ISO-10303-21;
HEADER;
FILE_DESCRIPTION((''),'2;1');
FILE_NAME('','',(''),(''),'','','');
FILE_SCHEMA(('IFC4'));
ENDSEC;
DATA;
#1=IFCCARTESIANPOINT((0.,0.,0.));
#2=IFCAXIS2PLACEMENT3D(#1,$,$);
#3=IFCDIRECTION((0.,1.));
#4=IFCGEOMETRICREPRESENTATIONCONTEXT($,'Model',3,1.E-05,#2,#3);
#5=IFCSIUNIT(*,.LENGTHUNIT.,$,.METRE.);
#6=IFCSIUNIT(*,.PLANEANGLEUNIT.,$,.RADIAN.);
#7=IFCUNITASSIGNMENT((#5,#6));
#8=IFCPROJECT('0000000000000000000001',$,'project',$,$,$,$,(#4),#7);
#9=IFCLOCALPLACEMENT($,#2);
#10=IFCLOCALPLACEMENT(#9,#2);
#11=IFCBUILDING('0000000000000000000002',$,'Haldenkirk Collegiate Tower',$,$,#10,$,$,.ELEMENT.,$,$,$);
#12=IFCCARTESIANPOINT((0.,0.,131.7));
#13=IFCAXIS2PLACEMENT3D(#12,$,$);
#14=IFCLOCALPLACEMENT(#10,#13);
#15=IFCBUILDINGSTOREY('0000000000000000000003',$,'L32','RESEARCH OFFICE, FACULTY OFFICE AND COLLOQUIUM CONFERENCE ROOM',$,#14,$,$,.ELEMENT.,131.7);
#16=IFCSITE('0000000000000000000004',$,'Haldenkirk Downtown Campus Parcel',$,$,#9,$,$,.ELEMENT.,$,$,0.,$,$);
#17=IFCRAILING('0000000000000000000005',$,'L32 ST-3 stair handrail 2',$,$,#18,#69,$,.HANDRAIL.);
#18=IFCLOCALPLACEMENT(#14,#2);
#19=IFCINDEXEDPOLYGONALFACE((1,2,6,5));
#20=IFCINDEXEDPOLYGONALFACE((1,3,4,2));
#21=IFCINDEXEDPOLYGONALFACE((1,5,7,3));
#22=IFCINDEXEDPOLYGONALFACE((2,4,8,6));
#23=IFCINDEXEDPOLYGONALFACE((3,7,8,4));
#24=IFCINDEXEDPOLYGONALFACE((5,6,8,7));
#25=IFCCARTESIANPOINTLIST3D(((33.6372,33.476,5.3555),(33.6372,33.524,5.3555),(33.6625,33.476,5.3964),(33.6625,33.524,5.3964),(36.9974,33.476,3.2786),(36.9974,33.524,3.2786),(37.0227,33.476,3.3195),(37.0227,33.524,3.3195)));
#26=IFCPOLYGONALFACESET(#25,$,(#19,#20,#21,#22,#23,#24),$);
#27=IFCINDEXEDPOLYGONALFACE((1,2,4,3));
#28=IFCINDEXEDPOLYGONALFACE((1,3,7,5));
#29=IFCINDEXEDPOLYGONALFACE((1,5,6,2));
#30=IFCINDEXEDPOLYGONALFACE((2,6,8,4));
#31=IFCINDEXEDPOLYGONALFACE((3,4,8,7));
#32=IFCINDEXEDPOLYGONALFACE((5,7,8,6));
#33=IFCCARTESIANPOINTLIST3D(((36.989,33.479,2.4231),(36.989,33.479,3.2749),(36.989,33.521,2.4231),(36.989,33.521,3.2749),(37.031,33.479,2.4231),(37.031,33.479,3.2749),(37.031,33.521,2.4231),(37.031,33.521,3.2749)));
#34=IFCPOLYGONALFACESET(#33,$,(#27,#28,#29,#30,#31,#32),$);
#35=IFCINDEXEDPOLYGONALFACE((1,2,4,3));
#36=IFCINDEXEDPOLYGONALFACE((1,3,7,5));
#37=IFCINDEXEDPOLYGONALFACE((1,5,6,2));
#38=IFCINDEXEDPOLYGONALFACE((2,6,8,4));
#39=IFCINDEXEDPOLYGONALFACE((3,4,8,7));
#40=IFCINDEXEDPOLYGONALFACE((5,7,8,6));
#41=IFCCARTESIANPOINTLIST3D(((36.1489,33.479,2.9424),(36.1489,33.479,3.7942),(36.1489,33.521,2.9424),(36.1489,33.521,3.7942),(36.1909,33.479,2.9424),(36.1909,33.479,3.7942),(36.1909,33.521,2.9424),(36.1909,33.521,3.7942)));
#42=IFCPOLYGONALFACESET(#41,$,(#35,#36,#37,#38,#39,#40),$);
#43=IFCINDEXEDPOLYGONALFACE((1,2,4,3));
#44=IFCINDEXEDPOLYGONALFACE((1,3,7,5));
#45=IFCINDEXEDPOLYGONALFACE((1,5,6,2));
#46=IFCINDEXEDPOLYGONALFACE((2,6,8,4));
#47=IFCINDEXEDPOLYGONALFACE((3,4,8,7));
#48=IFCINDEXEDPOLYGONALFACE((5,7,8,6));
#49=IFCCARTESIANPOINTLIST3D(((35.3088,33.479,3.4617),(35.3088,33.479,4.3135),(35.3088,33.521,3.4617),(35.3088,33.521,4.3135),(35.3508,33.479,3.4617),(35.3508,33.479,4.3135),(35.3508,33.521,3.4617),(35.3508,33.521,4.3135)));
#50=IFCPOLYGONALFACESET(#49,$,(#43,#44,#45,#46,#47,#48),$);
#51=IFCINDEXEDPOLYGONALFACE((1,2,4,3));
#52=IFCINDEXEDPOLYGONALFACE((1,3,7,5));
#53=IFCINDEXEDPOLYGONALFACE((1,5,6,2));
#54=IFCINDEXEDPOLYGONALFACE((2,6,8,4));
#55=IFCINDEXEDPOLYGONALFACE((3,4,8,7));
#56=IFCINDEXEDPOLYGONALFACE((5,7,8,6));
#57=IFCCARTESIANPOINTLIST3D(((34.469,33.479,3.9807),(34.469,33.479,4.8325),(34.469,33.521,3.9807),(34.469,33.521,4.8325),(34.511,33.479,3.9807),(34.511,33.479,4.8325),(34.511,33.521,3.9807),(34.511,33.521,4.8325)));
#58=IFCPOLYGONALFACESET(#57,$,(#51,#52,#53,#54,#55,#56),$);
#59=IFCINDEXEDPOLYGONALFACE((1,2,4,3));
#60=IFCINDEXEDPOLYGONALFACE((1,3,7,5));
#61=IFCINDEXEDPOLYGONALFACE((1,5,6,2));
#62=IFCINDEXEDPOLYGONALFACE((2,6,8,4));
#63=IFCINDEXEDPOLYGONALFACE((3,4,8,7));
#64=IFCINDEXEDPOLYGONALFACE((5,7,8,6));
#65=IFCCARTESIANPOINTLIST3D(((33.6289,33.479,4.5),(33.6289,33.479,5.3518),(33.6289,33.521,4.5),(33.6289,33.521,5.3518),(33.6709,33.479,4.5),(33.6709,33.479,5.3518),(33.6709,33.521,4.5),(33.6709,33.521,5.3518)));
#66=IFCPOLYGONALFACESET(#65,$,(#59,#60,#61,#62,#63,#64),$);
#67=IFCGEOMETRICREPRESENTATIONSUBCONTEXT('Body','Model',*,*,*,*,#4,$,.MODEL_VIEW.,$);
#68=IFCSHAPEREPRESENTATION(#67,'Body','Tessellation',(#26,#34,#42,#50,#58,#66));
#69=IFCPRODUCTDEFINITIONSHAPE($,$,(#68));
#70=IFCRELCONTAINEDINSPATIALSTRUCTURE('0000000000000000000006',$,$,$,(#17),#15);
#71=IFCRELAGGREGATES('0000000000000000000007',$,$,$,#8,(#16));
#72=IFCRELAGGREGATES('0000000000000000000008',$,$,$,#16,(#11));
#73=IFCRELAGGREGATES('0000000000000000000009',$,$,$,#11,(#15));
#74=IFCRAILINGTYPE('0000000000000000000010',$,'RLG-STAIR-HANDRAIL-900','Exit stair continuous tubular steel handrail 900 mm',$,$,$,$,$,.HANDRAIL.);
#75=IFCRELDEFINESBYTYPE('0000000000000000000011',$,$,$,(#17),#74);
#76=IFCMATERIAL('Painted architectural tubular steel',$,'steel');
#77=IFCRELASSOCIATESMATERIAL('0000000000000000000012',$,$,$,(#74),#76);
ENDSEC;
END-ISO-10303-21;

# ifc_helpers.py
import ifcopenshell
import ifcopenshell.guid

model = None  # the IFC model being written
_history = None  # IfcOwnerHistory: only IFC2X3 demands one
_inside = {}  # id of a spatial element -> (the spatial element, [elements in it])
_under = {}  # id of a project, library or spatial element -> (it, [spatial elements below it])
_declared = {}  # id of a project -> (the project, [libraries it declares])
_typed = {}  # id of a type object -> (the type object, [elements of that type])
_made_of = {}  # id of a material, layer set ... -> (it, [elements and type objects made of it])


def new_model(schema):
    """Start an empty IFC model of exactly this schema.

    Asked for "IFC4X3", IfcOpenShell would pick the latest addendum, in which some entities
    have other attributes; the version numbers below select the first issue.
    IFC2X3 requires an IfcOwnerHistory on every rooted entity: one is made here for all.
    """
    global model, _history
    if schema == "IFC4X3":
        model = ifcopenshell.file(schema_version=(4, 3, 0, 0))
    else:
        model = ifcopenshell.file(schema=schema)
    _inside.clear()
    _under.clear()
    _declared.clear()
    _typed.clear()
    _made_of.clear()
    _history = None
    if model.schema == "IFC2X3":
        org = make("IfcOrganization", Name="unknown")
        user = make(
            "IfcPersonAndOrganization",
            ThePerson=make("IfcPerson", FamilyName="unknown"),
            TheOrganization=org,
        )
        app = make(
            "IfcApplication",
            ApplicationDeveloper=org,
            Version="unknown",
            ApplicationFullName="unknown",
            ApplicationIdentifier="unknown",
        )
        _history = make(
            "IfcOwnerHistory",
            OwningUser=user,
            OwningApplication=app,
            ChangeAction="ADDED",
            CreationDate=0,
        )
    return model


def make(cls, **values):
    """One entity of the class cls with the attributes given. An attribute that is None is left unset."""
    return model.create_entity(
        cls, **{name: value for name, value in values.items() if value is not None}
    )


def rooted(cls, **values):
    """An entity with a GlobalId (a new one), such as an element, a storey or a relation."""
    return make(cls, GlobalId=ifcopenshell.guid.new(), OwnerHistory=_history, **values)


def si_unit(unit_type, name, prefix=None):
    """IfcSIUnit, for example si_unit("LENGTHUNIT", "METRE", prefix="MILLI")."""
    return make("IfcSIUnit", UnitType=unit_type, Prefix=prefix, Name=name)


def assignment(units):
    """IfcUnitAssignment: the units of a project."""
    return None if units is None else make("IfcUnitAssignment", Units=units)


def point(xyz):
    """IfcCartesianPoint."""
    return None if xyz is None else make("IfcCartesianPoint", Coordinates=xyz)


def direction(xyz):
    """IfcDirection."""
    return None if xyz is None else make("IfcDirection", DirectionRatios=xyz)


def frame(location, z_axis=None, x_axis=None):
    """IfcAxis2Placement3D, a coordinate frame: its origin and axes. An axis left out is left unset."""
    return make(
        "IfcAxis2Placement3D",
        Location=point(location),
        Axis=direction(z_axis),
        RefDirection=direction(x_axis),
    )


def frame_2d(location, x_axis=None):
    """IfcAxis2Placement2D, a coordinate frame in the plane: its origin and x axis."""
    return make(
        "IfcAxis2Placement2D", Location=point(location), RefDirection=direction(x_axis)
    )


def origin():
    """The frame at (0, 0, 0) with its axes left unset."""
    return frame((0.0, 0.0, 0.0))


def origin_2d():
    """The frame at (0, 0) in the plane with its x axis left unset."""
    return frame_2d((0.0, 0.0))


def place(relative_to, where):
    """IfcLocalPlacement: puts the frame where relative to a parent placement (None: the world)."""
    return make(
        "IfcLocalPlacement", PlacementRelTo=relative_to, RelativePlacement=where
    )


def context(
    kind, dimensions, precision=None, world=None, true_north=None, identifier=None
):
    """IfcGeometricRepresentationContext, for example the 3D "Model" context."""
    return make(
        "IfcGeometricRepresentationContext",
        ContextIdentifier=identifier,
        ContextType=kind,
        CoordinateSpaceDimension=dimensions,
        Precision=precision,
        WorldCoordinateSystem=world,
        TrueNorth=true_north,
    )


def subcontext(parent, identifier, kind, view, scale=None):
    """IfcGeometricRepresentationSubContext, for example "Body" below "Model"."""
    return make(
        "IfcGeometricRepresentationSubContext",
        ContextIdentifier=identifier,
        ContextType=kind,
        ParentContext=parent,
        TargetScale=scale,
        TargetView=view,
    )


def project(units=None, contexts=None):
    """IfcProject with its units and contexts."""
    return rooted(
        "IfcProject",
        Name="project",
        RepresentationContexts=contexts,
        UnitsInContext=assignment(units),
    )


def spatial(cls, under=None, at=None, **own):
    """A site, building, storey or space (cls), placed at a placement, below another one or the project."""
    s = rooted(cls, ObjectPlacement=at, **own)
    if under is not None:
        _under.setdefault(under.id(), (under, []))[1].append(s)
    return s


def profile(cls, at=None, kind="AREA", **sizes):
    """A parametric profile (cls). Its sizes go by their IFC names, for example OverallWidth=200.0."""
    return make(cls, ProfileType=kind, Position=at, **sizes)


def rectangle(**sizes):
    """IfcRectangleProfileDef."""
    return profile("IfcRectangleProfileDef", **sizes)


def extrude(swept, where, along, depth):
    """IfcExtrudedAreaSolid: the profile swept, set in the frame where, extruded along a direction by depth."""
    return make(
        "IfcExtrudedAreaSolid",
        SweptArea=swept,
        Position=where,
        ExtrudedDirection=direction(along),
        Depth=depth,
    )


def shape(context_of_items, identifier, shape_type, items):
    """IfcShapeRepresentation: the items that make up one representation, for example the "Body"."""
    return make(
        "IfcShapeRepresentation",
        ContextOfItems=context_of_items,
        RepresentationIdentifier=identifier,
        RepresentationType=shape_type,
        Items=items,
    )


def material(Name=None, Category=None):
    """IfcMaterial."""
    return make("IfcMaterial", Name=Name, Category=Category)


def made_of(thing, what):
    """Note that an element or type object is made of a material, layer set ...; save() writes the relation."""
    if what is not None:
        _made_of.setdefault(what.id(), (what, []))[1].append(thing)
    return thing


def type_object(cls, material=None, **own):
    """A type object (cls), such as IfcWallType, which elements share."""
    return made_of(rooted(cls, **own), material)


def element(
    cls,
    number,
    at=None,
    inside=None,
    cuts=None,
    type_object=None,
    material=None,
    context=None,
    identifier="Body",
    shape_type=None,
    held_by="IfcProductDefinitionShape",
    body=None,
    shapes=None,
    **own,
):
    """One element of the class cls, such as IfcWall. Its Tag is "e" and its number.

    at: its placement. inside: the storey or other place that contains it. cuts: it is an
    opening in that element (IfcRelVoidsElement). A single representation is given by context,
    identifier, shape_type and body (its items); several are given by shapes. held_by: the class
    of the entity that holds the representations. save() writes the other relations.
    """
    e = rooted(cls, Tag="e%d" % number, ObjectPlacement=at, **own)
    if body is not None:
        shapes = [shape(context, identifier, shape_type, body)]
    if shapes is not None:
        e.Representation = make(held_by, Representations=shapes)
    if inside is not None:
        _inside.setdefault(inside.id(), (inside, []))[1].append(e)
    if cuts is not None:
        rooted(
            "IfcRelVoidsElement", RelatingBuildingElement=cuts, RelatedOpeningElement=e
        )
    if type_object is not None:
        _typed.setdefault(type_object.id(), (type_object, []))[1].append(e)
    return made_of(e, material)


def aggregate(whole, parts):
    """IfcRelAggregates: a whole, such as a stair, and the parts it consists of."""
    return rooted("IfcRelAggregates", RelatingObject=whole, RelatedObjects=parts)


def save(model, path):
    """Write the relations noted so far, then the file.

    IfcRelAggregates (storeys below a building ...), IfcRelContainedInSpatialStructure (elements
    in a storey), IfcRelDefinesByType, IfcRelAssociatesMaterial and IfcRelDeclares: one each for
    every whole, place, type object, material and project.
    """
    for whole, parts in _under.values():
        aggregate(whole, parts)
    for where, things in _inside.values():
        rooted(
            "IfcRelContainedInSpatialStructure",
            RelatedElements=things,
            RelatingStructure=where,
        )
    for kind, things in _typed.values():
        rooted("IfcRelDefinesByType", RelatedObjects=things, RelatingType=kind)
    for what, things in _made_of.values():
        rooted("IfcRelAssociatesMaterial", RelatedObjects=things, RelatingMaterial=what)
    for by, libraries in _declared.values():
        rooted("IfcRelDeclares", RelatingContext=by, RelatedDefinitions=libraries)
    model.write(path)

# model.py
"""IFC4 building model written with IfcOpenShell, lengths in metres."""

from ifc_helpers import new_model, si_unit, direction, frame, origin, origin_2d, place, context, subcontext, project, spatial, rectangle, extrude, material, type_object, element, save


model = new_model("IFC4")

# Units and contexts
model_context = context("Model", 3, precision=1e-05, world=origin(), true_north=direction((0.0, 1.0)))
body_context = subcontext(model_context, "Body", "Model", "MODEL_VIEW")
ifc_project = project(units=[si_unit("LENGTHUNIT", "METRE"), si_unit("PLANEANGLEUNIT", "RADIAN")], contexts=[model_context])

# Site, building, storey
site_placement = place(None, origin())
site = spatial("IfcSite", under=ifc_project, at=site_placement, Name="Haldenkirk Downtown Campus Parcel", CompositionType="ELEMENT", RefElevation=0.0)
building_placement = place(site_placement, origin())
building = spatial("IfcBuilding", under=site, at=building_placement, Name="Haldenkirk Collegiate Tower", CompositionType="ELEMENT")
storey_placement = place(building_placement, frame((0.0, 0.0, 131.7)))
storey = spatial("IfcBuildingStorey", under=building, at=storey_placement, Name="L32", Description="RESEARCH OFFICE, FACULTY OFFICE AND COLLOQUIUM CONFERENCE ROOM", CompositionType="ELEMENT", Elevation=131.7)

# Railing
ifc_material_1 = material(Name="Painted architectural tubular steel", Category="steel")
railing_type_1 = type_object("IfcRailingType", Name="RLG-STAIR-HANDRAIL-900", Description="Exit stair continuous tubular steel handrail 900 mm", PredefinedType="HANDRAIL", material=ifc_material_1)
railing_1_placement = place(storey_placement, frame((37.01, 33.5, 2.4231)))
element("IfcRailing", 1, at=railing_1_placement, inside=storey, type_object=railing_type_1, Name="L32 ST-3 stair handrail 2", PredefinedType="HANDRAIL", context=body_context, shape_type="SweptSolid", body=[
    extrude(rectangle(XDim=0.0481, YDim=0.0481, at=origin_2d()), frame((0.0, 0.0, 0.876), z_axis=(-0.850623, 0.0, 0.525776), x_axis=(0.0, -1.0, 0.0)), (0.0, 0.0, 1.0), 3.9502),
    extrude(rectangle(XDim=0.042, YDim=0.042, at=origin_2d()), origin(), (0.0, 0.0, 1.0), 0.8518),
    extrude(rectangle(XDim=0.042, YDim=0.042, at=origin_2d()), frame((-0.8401, 0.0, 0.5193)), (0.0, 0.0, 1.0), 0.8518),
    extrude(rectangle(XDim=0.042, YDim=0.042, at=origin_2d()), frame((-1.6802, 0.0, 1.0386)), (0.0, 0.0, 1.0), 0.8518),
    extrude(rectangle(XDim=0.042, YDim=0.042, at=origin_2d()), frame((-2.52, 0.0, 1.5576)), (0.0, 0.0, 1.0), 0.8518),
    extrude(rectangle(XDim=0.042, YDim=0.042, at=origin_2d()), frame((-3.3601, 0.0, 2.0769)), (0.0, 0.0, 1.0), 0.8518),
])

save(model, "model.ifc")
